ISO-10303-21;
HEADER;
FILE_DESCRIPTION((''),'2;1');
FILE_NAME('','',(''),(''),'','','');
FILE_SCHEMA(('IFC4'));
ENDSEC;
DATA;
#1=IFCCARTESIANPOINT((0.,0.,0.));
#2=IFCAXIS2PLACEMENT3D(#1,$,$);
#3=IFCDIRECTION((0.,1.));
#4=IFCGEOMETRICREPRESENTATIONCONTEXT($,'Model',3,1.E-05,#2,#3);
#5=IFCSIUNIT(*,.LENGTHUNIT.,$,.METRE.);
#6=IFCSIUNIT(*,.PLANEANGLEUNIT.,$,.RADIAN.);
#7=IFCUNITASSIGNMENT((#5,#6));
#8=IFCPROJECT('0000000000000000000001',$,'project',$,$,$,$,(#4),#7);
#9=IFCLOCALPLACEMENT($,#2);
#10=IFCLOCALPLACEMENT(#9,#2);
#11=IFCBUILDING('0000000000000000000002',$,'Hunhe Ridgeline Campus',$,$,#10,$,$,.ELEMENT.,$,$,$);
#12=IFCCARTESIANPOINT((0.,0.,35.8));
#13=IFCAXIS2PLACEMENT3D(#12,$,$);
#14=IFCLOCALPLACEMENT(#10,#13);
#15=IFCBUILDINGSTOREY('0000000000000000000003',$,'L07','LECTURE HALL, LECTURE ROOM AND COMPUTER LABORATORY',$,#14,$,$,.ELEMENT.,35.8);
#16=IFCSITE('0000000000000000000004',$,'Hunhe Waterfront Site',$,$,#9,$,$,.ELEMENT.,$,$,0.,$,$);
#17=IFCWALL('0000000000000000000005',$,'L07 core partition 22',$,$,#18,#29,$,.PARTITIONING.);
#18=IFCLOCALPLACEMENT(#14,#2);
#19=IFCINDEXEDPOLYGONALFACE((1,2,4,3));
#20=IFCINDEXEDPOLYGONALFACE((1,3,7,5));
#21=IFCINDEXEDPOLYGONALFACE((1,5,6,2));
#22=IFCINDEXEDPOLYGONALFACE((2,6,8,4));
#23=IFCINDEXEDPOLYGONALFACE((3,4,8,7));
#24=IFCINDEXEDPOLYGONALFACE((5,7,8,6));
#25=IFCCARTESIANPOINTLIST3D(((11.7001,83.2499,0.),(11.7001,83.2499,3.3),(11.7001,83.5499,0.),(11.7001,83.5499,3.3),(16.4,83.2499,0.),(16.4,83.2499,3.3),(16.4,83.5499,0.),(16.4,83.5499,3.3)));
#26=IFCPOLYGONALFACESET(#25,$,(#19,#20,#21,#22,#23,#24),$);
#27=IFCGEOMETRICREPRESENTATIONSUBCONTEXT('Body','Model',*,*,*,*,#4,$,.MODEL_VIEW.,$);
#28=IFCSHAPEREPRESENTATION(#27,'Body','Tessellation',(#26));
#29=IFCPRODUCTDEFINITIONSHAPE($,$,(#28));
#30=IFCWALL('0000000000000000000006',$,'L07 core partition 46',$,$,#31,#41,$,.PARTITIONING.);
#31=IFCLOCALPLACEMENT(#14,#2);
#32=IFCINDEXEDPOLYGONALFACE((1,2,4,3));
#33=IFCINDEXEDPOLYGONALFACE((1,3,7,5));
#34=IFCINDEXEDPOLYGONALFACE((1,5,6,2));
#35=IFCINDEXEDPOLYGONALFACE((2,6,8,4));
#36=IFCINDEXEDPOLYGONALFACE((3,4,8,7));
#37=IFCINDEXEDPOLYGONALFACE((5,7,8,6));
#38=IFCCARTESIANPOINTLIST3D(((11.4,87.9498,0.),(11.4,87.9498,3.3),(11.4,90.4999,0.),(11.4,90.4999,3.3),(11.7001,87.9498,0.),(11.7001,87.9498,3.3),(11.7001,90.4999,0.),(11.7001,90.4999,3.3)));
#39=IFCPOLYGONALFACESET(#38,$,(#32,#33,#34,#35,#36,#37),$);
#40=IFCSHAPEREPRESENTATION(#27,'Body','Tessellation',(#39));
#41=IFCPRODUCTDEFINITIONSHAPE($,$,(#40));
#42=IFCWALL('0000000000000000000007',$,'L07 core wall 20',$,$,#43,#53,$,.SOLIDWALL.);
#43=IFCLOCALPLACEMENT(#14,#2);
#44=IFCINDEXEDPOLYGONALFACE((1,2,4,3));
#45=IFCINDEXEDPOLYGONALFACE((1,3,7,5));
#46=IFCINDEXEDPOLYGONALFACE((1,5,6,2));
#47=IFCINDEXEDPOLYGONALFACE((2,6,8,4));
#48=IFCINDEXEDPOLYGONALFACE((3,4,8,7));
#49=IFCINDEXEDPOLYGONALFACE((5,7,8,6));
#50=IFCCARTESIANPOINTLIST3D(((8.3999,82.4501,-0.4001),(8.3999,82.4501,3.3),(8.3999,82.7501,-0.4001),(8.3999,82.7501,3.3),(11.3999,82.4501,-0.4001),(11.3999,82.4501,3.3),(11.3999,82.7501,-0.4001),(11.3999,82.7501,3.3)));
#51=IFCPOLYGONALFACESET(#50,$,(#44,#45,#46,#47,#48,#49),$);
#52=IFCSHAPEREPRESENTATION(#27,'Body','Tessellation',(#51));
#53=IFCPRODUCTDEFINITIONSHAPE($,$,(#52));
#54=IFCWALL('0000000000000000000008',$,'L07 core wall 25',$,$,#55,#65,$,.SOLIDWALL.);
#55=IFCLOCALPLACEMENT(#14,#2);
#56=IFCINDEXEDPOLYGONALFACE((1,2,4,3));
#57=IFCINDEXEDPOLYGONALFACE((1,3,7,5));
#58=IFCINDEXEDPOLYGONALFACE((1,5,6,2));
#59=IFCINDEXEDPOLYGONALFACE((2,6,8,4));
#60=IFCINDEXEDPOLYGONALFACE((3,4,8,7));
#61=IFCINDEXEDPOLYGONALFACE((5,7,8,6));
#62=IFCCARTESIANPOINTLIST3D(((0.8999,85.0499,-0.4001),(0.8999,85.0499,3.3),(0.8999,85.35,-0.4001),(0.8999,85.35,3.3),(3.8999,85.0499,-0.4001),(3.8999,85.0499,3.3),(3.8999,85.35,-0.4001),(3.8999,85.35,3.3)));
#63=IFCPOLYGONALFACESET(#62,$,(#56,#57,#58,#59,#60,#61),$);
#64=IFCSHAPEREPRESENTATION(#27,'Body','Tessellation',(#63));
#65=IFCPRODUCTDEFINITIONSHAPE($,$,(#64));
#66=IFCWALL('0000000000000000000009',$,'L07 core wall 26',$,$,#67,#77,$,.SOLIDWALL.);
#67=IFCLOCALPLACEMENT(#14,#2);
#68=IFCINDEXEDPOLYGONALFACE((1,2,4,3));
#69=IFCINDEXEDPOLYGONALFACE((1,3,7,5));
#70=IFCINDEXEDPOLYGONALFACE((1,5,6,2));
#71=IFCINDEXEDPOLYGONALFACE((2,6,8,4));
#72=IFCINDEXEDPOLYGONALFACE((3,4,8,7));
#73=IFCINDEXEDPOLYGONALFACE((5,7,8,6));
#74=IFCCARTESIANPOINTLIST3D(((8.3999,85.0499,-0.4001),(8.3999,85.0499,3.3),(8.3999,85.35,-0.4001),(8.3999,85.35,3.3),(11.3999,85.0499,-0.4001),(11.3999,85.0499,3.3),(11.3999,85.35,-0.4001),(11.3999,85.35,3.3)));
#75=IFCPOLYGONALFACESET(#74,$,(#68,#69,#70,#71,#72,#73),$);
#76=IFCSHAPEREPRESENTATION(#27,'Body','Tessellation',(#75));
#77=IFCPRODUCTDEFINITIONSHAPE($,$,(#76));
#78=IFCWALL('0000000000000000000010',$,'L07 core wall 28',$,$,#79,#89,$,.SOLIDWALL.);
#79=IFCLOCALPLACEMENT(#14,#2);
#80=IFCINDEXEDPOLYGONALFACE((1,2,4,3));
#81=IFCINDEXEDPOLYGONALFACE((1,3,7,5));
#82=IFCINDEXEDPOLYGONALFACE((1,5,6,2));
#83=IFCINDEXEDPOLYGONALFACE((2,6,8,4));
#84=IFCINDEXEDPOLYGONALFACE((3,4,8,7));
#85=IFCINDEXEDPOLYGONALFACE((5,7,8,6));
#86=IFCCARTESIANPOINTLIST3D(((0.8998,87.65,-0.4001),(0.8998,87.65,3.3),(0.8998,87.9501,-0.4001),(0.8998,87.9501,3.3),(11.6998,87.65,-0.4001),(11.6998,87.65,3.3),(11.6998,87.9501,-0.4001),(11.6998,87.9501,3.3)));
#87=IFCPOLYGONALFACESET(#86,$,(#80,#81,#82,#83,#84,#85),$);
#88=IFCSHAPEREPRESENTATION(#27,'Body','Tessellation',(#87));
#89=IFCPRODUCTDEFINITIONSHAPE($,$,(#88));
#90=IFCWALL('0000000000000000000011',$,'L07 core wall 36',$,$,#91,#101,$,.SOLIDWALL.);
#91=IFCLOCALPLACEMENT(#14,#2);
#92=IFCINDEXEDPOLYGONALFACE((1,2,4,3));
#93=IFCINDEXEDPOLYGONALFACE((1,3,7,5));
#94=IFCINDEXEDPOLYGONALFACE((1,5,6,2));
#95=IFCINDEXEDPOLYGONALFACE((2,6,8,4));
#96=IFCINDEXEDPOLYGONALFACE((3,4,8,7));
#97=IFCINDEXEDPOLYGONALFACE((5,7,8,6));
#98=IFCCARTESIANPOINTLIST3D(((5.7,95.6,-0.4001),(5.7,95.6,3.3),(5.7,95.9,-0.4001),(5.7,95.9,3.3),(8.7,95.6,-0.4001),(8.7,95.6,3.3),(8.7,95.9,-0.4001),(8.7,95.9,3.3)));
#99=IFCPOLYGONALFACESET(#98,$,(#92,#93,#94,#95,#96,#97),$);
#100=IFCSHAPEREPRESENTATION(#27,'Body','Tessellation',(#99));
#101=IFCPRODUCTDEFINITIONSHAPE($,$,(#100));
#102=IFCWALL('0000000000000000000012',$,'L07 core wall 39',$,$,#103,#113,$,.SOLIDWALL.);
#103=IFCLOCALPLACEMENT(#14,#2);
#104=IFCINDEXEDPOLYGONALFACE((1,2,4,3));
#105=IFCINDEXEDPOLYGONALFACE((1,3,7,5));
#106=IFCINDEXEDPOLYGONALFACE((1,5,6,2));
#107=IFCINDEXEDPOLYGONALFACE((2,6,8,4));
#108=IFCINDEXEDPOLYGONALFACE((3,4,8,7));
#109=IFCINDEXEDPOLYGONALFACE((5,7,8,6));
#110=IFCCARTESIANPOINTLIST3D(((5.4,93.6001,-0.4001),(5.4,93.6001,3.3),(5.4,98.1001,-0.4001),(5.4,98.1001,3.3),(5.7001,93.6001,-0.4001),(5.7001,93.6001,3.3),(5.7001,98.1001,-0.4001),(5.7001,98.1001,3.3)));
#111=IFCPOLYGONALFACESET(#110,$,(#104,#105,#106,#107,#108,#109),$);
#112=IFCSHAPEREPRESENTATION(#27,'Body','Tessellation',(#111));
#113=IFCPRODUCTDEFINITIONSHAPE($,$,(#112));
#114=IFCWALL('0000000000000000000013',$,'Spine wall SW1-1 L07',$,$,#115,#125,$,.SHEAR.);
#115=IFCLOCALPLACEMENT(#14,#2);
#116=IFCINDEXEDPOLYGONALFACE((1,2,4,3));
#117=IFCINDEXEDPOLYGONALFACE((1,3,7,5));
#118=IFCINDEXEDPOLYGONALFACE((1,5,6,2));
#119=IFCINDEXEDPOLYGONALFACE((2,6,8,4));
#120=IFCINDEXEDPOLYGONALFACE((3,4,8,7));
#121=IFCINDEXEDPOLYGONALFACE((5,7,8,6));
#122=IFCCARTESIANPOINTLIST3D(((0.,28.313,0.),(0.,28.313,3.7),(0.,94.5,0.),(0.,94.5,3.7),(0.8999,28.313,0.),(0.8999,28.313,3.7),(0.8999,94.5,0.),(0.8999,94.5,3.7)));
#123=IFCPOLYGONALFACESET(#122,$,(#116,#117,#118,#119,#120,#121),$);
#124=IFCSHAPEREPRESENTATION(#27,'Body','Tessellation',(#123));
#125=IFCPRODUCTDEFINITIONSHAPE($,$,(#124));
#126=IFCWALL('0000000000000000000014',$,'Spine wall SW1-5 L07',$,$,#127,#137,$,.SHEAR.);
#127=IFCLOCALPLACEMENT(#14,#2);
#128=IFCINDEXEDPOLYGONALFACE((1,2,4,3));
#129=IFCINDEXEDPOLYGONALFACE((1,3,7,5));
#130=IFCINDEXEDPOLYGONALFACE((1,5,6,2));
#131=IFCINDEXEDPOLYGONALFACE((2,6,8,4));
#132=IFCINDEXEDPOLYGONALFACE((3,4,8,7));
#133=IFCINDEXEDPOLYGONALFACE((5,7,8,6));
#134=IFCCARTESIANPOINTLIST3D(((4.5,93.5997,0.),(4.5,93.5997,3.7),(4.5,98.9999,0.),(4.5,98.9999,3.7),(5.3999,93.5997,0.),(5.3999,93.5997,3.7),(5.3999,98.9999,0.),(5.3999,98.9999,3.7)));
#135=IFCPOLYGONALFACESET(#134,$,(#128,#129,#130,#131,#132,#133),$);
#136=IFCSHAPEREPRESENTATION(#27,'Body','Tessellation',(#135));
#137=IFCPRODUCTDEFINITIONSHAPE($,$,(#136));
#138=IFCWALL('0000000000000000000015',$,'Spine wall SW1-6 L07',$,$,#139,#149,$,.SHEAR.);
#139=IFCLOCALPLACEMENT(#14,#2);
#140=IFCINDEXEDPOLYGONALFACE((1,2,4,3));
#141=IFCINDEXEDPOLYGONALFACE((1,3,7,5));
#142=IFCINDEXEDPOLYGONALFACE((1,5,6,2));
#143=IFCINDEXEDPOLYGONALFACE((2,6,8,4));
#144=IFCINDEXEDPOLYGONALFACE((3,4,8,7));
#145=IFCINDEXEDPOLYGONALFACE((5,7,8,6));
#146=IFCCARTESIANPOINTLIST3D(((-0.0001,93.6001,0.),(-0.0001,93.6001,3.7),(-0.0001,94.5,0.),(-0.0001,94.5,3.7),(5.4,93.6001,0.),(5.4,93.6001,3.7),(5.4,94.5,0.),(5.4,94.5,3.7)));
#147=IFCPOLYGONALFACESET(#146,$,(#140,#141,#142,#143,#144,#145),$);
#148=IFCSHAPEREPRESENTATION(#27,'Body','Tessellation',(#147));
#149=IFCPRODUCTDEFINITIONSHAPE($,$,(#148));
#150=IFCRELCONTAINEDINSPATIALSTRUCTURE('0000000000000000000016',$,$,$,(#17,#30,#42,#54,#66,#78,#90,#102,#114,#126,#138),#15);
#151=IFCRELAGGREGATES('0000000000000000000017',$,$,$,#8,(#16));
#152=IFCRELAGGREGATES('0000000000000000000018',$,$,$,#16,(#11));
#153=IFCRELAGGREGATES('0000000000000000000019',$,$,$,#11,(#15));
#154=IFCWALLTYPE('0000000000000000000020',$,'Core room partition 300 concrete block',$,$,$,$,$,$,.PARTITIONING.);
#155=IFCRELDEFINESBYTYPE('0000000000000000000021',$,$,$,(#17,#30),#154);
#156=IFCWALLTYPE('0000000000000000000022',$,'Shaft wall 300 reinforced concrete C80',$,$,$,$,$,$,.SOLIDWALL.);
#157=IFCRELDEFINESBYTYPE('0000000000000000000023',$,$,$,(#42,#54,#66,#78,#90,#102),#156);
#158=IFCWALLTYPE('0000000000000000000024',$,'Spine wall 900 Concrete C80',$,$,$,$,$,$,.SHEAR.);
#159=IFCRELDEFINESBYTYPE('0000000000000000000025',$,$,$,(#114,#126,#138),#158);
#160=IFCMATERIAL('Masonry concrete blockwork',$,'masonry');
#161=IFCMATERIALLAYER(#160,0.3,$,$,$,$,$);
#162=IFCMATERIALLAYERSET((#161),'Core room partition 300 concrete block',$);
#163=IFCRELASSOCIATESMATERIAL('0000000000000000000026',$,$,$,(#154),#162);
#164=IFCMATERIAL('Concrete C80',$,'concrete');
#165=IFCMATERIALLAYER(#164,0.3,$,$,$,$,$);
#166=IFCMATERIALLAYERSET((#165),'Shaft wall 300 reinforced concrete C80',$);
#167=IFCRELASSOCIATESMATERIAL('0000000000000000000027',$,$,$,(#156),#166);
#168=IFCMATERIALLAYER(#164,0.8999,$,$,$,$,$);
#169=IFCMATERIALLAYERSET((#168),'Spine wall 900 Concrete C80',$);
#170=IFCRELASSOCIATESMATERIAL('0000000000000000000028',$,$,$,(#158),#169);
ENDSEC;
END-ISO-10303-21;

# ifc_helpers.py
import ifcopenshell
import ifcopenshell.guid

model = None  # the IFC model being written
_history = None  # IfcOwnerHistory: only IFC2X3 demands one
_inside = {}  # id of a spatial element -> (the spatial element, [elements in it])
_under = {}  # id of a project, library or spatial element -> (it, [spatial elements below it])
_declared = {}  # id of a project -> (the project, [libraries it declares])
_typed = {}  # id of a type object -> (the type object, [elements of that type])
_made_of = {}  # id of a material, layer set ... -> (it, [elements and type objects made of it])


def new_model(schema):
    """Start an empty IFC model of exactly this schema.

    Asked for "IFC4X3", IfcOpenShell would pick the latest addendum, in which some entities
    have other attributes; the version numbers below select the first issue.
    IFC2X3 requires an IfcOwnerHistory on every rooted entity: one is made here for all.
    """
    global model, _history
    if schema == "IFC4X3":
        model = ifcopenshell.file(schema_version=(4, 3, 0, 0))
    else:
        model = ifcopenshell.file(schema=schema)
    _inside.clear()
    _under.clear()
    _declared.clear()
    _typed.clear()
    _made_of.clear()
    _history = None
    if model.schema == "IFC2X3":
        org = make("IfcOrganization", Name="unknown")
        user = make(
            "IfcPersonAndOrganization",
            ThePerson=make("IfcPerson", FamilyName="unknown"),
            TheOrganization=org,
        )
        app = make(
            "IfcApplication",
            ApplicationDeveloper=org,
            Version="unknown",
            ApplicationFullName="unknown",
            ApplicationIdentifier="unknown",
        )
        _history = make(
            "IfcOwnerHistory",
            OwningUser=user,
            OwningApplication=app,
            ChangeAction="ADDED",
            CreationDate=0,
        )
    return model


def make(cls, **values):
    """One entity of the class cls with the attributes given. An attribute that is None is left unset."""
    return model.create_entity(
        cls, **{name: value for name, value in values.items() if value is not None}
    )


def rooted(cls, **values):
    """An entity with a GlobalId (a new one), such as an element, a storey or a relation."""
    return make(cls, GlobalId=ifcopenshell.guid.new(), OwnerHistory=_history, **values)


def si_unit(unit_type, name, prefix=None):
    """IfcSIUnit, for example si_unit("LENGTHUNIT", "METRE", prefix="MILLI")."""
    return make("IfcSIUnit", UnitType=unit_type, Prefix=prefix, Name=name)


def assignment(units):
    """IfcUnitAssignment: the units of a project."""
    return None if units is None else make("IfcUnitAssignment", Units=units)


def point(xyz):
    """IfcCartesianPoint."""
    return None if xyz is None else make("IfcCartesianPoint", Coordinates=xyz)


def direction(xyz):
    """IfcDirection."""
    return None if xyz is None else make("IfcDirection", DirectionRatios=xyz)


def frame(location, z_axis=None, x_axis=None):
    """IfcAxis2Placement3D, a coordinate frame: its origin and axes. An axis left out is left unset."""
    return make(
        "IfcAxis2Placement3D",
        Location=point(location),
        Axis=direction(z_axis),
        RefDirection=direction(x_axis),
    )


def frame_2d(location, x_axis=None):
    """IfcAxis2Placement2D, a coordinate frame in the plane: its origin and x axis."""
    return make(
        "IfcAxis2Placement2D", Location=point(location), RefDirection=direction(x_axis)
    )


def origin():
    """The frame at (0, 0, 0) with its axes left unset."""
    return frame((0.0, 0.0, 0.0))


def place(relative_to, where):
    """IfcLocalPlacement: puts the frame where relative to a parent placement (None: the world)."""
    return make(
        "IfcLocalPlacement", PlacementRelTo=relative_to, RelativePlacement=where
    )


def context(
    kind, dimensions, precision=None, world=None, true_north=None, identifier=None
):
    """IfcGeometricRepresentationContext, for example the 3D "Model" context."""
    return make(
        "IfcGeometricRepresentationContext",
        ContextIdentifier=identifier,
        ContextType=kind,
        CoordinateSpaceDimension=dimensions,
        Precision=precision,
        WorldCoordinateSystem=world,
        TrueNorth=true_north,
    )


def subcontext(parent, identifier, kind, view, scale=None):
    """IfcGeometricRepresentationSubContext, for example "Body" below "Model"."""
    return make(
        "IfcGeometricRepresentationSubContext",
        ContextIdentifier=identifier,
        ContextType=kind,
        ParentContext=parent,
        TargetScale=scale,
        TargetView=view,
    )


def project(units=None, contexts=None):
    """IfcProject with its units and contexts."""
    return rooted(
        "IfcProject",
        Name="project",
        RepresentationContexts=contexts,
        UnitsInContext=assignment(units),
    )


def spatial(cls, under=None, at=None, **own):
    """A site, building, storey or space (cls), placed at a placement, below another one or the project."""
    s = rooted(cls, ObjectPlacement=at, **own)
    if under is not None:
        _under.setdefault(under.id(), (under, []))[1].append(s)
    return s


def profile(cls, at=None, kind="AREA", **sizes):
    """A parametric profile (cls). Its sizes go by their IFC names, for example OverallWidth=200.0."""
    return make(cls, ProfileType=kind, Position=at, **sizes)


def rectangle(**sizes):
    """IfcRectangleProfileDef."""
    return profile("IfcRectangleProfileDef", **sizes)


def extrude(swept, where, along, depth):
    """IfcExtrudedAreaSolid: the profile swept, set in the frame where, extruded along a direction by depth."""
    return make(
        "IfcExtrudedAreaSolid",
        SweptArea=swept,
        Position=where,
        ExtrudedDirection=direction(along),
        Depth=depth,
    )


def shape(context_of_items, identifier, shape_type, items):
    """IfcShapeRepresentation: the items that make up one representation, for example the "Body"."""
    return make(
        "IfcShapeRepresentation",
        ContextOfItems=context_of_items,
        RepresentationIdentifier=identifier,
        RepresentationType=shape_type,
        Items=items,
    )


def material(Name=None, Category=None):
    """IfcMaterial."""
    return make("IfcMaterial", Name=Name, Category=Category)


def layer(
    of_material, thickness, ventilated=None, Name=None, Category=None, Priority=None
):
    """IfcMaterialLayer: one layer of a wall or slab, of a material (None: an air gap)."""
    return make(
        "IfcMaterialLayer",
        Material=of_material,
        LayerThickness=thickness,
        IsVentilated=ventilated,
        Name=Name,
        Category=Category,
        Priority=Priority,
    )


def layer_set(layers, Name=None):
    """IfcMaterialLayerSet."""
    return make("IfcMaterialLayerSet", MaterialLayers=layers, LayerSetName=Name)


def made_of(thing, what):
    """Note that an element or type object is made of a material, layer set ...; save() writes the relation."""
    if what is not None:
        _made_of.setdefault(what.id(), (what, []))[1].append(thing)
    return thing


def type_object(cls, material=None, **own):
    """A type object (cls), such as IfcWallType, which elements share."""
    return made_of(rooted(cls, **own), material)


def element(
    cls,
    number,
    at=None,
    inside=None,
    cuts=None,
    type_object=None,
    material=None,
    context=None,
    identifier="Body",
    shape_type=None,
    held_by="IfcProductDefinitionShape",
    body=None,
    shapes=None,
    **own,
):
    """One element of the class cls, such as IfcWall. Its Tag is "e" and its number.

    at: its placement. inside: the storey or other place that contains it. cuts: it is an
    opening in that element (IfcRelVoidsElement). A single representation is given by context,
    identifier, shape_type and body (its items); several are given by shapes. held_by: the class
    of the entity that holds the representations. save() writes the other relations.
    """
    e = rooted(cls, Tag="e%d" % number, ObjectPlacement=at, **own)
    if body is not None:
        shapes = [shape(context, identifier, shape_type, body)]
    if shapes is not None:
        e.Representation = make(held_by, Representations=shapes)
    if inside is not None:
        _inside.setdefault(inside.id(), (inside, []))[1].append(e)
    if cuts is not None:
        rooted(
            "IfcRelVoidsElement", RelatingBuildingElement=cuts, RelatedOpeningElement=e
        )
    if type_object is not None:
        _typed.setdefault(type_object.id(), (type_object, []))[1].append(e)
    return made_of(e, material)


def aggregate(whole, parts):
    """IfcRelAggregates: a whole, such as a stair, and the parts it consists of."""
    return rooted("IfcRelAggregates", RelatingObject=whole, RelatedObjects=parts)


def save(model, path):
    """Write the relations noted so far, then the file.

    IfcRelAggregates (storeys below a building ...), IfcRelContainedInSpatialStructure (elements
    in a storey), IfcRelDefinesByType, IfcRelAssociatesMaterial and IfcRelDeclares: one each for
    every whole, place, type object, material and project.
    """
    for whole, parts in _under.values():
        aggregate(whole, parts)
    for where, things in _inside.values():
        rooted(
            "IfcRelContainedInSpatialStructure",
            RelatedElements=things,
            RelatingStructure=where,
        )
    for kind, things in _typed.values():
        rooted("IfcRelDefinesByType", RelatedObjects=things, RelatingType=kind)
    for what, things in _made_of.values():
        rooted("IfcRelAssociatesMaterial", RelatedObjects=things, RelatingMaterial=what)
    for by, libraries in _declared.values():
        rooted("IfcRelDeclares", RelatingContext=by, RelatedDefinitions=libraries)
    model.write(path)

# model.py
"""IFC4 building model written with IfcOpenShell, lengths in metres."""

from ifc_helpers import new_model, si_unit, direction, frame, frame_2d, origin, place, context, subcontext, project, spatial, rectangle, extrude, material, layer, layer_set, type_object, element, save


model = new_model("IFC4")

# Units and contexts
model_context = context("Model", 3, precision=1e-05, world=origin(), true_north=direction((0.0, 1.0)))
body_context = subcontext(model_context, "Body", "Model", "MODEL_VIEW")
ifc_project = project(units=[si_unit("LENGTHUNIT", "METRE"), si_unit("PLANEANGLEUNIT", "RADIAN")], contexts=[model_context])

# Site, building, storey
site_placement = place(None, origin())
site = spatial("IfcSite", under=ifc_project, at=site_placement, Name="Hunhe Waterfront Site", CompositionType="ELEMENT", RefElevation=0.0)
building_placement = place(site_placement, origin())
building = spatial("IfcBuilding", under=site, at=building_placement, Name="Hunhe Ridgeline Campus", CompositionType="ELEMENT")
storey_placement = place(building_placement, frame((0.0, 0.0, 35.8)))
storey = spatial("IfcBuildingStorey", under=building, at=storey_placement, Name="L07", Description="LECTURE HALL, LECTURE ROOM AND COMPUTER LABORATORY", CompositionType="ELEMENT", Elevation=35.8)

# Walls
ifc_material_1 = material(Name="Masonry concrete blockwork", Category="masonry")
ifc_layer_1 = layer(ifc_material_1, 0.3)
ifc_layer_set_1 = layer_set([ifc_layer_1], Name="Core room partition 300 concrete block")
wall_type_1 = type_object("IfcWallType", Name="Core room partition 300 concrete block", PredefinedType="PARTITIONING", material=ifc_layer_set_1)
wall_1_placement = place(storey_placement, frame((11.7, 83.3999, 0.0), z_axis=(0.0, 0.0, 1.0), x_axis=(1.0, 0.0, 0.0)))
element("IfcWall", 1, at=wall_1_placement, inside=storey, type_object=wall_type_1, Name="L07 core partition 22", PredefinedType="PARTITIONING", context=body_context, shape_type="SweptSolid", body=[
    extrude(rectangle(XDim=4.7, YDim=0.3, at=frame_2d((2.3501, 0.0))), origin(), (0.0, 0.0, 1.0), 3.3),
])
wall_2_placement = place(storey_placement, frame((11.55, 87.95, 0.0), z_axis=(0.0, 0.0, 1.0), x_axis=(0.0, 1.0, 0.0)))
element("IfcWall", 2, at=wall_2_placement, inside=storey, type_object=wall_type_1, Name="L07 core partition 46", PredefinedType="PARTITIONING", context=body_context, shape_type="SweptSolid", body=[
    extrude(rectangle(XDim=2.55, YDim=0.3, at=frame_2d((1.2749, 0.0))), origin(), (0.0, 0.0, 1.0), 3.3),
])

# Shared definitions
ifc_material_2 = material(Name="Concrete C80", Category="concrete")

# Walls
ifc_layer_2 = layer(ifc_material_2, 0.3)
ifc_layer_set_2 = layer_set([ifc_layer_2], Name="Shaft wall 300 reinforced concrete C80")
wall_type_2 = type_object("IfcWallType", Name="Shaft wall 300 reinforced concrete C80", PredefinedType="SOLIDWALL", material=ifc_layer_set_2)
for number, where, z_axis, x_axis, name in (
    (3, (8.3999, 82.6001, -0.4001), (0.0, 0.0, 1.0), (1.0, 0.0, 0.0), "L07 core wall 20"),
    (4, (0.8999, 85.2, -0.4001), (0.0, 0.0, 1.0), (1.0, 0.0, 0.0), "L07 core wall 25"),
    (5, (8.3999, 85.2, -0.4001), (0.0, 0.0, 1.0), (1.0, 0.0, 0.0), "L07 core wall 26"),
):
    element("IfcWall", number, at=place(storey_placement, frame(where, z_axis=z_axis, x_axis=x_axis)), inside=storey, type_object=wall_type_2, Name=name, PredefinedType="SOLIDWALL", context=body_context, shape_type="SweptSolid", body=[
        extrude(rectangle(XDim=3.0, YDim=0.3, at=frame_2d((1.5, 0.0))), origin(), (0.0, 0.0, 1.0), 3.7002),
    ])
wall_3_placement = place(storey_placement, frame((0.8999, 87.8, -0.4001), z_axis=(0.0, 0.0, 1.0), x_axis=(1.0, 0.0, 0.0)))
element("IfcWall", 6, at=wall_3_placement, inside=storey, type_object=wall_type_2, Name="L07 core wall 28", PredefinedType="SOLIDWALL", context=body_context, shape_type="SweptSolid", body=[
    extrude(rectangle(XDim=10.8, YDim=0.3, at=frame_2d((5.3999, 0.0))), origin(), (0.0, 0.0, 1.0), 3.7002),
])

# Walls
wall_4_placement = place(storey_placement, frame((5.7, 95.75, -0.4001), z_axis=(0.0, 0.0, 1.0), x_axis=(1.0, 0.0, 0.0)))
element("IfcWall", 7, at=wall_4_placement, inside=storey, type_object=wall_type_2, Name="L07 core wall 36", PredefinedType="SOLIDWALL", context=body_context, shape_type="SweptSolid", body=[
    extrude(rectangle(XDim=3.0, YDim=0.3, at=frame_2d((1.5, 0.0))), origin(), (0.0, 0.0, 1.0), 3.7002),
])
wall_5_placement = place(storey_placement, frame((5.55, 93.6001, -0.4001), z_axis=(0.0, 0.0, 1.0), x_axis=(0.0, 1.0, 0.0)))
element("IfcWall", 8, at=wall_5_placement, inside=storey, type_object=wall_type_2, Name="L07 core wall 39", PredefinedType="SOLIDWALL", context=body_context, shape_type="SweptSolid", body=[
    extrude(rectangle(XDim=4.5, YDim=0.3, at=frame_2d((2.25, 0.0))), origin(), (0.0, 0.0, 1.0), 3.7002),
])

# Walls
ifc_layer_3 = layer(ifc_material_2, 0.8999)
ifc_layer_set_3 = layer_set([ifc_layer_3], Name="Spine wall 900 Concrete C80")
wall_type_3 = type_object("IfcWallType", Name="Spine wall 900 Concrete C80", PredefinedType="SHEAR", material=ifc_layer_set_3)
wall_6_placement = place(storey_placement, frame((0.45, 94.5, 0.0), z_axis=(0.0, 0.0, 1.0), x_axis=(0.0, -1.0, 0.0)))
element("IfcWall", 9, at=wall_6_placement, inside=storey, type_object=wall_type_3, Name="Spine wall SW1-1 L07", PredefinedType="SHEAR", context=body_context, shape_type="SweptSolid", body=[
    extrude(rectangle(XDim=66.187, YDim=0.8999, at=frame_2d((33.0935, 0.0))), origin(), (0.0, 0.0, 1.0), 3.7),
])
for number, where, z_axis, x_axis, name in (
    (10, (4.95, 99.0, 0.0), (0.0, 0.0, 1.0), (0.0, -1.0, 0.0), "Spine wall SW1-5 L07"),
    (11, (5.4001, 94.05, 0.0), (0.0, 0.0, 1.0), (-1.0, 0.0, 0.0), "Spine wall SW1-6 L07"),
):
    element("IfcWall", number, at=place(storey_placement, frame(where, z_axis=z_axis, x_axis=x_axis)), inside=storey, type_object=wall_type_3, Name=name, PredefinedType="SHEAR", context=body_context, shape_type="SweptSolid", body=[
        extrude(rectangle(XDim=5.4001, YDim=0.8999, at=frame_2d((2.7002, 0.0))), origin(), (0.0, 0.0, 1.0), 3.7),
    ])

save(model, "model.ifc")
